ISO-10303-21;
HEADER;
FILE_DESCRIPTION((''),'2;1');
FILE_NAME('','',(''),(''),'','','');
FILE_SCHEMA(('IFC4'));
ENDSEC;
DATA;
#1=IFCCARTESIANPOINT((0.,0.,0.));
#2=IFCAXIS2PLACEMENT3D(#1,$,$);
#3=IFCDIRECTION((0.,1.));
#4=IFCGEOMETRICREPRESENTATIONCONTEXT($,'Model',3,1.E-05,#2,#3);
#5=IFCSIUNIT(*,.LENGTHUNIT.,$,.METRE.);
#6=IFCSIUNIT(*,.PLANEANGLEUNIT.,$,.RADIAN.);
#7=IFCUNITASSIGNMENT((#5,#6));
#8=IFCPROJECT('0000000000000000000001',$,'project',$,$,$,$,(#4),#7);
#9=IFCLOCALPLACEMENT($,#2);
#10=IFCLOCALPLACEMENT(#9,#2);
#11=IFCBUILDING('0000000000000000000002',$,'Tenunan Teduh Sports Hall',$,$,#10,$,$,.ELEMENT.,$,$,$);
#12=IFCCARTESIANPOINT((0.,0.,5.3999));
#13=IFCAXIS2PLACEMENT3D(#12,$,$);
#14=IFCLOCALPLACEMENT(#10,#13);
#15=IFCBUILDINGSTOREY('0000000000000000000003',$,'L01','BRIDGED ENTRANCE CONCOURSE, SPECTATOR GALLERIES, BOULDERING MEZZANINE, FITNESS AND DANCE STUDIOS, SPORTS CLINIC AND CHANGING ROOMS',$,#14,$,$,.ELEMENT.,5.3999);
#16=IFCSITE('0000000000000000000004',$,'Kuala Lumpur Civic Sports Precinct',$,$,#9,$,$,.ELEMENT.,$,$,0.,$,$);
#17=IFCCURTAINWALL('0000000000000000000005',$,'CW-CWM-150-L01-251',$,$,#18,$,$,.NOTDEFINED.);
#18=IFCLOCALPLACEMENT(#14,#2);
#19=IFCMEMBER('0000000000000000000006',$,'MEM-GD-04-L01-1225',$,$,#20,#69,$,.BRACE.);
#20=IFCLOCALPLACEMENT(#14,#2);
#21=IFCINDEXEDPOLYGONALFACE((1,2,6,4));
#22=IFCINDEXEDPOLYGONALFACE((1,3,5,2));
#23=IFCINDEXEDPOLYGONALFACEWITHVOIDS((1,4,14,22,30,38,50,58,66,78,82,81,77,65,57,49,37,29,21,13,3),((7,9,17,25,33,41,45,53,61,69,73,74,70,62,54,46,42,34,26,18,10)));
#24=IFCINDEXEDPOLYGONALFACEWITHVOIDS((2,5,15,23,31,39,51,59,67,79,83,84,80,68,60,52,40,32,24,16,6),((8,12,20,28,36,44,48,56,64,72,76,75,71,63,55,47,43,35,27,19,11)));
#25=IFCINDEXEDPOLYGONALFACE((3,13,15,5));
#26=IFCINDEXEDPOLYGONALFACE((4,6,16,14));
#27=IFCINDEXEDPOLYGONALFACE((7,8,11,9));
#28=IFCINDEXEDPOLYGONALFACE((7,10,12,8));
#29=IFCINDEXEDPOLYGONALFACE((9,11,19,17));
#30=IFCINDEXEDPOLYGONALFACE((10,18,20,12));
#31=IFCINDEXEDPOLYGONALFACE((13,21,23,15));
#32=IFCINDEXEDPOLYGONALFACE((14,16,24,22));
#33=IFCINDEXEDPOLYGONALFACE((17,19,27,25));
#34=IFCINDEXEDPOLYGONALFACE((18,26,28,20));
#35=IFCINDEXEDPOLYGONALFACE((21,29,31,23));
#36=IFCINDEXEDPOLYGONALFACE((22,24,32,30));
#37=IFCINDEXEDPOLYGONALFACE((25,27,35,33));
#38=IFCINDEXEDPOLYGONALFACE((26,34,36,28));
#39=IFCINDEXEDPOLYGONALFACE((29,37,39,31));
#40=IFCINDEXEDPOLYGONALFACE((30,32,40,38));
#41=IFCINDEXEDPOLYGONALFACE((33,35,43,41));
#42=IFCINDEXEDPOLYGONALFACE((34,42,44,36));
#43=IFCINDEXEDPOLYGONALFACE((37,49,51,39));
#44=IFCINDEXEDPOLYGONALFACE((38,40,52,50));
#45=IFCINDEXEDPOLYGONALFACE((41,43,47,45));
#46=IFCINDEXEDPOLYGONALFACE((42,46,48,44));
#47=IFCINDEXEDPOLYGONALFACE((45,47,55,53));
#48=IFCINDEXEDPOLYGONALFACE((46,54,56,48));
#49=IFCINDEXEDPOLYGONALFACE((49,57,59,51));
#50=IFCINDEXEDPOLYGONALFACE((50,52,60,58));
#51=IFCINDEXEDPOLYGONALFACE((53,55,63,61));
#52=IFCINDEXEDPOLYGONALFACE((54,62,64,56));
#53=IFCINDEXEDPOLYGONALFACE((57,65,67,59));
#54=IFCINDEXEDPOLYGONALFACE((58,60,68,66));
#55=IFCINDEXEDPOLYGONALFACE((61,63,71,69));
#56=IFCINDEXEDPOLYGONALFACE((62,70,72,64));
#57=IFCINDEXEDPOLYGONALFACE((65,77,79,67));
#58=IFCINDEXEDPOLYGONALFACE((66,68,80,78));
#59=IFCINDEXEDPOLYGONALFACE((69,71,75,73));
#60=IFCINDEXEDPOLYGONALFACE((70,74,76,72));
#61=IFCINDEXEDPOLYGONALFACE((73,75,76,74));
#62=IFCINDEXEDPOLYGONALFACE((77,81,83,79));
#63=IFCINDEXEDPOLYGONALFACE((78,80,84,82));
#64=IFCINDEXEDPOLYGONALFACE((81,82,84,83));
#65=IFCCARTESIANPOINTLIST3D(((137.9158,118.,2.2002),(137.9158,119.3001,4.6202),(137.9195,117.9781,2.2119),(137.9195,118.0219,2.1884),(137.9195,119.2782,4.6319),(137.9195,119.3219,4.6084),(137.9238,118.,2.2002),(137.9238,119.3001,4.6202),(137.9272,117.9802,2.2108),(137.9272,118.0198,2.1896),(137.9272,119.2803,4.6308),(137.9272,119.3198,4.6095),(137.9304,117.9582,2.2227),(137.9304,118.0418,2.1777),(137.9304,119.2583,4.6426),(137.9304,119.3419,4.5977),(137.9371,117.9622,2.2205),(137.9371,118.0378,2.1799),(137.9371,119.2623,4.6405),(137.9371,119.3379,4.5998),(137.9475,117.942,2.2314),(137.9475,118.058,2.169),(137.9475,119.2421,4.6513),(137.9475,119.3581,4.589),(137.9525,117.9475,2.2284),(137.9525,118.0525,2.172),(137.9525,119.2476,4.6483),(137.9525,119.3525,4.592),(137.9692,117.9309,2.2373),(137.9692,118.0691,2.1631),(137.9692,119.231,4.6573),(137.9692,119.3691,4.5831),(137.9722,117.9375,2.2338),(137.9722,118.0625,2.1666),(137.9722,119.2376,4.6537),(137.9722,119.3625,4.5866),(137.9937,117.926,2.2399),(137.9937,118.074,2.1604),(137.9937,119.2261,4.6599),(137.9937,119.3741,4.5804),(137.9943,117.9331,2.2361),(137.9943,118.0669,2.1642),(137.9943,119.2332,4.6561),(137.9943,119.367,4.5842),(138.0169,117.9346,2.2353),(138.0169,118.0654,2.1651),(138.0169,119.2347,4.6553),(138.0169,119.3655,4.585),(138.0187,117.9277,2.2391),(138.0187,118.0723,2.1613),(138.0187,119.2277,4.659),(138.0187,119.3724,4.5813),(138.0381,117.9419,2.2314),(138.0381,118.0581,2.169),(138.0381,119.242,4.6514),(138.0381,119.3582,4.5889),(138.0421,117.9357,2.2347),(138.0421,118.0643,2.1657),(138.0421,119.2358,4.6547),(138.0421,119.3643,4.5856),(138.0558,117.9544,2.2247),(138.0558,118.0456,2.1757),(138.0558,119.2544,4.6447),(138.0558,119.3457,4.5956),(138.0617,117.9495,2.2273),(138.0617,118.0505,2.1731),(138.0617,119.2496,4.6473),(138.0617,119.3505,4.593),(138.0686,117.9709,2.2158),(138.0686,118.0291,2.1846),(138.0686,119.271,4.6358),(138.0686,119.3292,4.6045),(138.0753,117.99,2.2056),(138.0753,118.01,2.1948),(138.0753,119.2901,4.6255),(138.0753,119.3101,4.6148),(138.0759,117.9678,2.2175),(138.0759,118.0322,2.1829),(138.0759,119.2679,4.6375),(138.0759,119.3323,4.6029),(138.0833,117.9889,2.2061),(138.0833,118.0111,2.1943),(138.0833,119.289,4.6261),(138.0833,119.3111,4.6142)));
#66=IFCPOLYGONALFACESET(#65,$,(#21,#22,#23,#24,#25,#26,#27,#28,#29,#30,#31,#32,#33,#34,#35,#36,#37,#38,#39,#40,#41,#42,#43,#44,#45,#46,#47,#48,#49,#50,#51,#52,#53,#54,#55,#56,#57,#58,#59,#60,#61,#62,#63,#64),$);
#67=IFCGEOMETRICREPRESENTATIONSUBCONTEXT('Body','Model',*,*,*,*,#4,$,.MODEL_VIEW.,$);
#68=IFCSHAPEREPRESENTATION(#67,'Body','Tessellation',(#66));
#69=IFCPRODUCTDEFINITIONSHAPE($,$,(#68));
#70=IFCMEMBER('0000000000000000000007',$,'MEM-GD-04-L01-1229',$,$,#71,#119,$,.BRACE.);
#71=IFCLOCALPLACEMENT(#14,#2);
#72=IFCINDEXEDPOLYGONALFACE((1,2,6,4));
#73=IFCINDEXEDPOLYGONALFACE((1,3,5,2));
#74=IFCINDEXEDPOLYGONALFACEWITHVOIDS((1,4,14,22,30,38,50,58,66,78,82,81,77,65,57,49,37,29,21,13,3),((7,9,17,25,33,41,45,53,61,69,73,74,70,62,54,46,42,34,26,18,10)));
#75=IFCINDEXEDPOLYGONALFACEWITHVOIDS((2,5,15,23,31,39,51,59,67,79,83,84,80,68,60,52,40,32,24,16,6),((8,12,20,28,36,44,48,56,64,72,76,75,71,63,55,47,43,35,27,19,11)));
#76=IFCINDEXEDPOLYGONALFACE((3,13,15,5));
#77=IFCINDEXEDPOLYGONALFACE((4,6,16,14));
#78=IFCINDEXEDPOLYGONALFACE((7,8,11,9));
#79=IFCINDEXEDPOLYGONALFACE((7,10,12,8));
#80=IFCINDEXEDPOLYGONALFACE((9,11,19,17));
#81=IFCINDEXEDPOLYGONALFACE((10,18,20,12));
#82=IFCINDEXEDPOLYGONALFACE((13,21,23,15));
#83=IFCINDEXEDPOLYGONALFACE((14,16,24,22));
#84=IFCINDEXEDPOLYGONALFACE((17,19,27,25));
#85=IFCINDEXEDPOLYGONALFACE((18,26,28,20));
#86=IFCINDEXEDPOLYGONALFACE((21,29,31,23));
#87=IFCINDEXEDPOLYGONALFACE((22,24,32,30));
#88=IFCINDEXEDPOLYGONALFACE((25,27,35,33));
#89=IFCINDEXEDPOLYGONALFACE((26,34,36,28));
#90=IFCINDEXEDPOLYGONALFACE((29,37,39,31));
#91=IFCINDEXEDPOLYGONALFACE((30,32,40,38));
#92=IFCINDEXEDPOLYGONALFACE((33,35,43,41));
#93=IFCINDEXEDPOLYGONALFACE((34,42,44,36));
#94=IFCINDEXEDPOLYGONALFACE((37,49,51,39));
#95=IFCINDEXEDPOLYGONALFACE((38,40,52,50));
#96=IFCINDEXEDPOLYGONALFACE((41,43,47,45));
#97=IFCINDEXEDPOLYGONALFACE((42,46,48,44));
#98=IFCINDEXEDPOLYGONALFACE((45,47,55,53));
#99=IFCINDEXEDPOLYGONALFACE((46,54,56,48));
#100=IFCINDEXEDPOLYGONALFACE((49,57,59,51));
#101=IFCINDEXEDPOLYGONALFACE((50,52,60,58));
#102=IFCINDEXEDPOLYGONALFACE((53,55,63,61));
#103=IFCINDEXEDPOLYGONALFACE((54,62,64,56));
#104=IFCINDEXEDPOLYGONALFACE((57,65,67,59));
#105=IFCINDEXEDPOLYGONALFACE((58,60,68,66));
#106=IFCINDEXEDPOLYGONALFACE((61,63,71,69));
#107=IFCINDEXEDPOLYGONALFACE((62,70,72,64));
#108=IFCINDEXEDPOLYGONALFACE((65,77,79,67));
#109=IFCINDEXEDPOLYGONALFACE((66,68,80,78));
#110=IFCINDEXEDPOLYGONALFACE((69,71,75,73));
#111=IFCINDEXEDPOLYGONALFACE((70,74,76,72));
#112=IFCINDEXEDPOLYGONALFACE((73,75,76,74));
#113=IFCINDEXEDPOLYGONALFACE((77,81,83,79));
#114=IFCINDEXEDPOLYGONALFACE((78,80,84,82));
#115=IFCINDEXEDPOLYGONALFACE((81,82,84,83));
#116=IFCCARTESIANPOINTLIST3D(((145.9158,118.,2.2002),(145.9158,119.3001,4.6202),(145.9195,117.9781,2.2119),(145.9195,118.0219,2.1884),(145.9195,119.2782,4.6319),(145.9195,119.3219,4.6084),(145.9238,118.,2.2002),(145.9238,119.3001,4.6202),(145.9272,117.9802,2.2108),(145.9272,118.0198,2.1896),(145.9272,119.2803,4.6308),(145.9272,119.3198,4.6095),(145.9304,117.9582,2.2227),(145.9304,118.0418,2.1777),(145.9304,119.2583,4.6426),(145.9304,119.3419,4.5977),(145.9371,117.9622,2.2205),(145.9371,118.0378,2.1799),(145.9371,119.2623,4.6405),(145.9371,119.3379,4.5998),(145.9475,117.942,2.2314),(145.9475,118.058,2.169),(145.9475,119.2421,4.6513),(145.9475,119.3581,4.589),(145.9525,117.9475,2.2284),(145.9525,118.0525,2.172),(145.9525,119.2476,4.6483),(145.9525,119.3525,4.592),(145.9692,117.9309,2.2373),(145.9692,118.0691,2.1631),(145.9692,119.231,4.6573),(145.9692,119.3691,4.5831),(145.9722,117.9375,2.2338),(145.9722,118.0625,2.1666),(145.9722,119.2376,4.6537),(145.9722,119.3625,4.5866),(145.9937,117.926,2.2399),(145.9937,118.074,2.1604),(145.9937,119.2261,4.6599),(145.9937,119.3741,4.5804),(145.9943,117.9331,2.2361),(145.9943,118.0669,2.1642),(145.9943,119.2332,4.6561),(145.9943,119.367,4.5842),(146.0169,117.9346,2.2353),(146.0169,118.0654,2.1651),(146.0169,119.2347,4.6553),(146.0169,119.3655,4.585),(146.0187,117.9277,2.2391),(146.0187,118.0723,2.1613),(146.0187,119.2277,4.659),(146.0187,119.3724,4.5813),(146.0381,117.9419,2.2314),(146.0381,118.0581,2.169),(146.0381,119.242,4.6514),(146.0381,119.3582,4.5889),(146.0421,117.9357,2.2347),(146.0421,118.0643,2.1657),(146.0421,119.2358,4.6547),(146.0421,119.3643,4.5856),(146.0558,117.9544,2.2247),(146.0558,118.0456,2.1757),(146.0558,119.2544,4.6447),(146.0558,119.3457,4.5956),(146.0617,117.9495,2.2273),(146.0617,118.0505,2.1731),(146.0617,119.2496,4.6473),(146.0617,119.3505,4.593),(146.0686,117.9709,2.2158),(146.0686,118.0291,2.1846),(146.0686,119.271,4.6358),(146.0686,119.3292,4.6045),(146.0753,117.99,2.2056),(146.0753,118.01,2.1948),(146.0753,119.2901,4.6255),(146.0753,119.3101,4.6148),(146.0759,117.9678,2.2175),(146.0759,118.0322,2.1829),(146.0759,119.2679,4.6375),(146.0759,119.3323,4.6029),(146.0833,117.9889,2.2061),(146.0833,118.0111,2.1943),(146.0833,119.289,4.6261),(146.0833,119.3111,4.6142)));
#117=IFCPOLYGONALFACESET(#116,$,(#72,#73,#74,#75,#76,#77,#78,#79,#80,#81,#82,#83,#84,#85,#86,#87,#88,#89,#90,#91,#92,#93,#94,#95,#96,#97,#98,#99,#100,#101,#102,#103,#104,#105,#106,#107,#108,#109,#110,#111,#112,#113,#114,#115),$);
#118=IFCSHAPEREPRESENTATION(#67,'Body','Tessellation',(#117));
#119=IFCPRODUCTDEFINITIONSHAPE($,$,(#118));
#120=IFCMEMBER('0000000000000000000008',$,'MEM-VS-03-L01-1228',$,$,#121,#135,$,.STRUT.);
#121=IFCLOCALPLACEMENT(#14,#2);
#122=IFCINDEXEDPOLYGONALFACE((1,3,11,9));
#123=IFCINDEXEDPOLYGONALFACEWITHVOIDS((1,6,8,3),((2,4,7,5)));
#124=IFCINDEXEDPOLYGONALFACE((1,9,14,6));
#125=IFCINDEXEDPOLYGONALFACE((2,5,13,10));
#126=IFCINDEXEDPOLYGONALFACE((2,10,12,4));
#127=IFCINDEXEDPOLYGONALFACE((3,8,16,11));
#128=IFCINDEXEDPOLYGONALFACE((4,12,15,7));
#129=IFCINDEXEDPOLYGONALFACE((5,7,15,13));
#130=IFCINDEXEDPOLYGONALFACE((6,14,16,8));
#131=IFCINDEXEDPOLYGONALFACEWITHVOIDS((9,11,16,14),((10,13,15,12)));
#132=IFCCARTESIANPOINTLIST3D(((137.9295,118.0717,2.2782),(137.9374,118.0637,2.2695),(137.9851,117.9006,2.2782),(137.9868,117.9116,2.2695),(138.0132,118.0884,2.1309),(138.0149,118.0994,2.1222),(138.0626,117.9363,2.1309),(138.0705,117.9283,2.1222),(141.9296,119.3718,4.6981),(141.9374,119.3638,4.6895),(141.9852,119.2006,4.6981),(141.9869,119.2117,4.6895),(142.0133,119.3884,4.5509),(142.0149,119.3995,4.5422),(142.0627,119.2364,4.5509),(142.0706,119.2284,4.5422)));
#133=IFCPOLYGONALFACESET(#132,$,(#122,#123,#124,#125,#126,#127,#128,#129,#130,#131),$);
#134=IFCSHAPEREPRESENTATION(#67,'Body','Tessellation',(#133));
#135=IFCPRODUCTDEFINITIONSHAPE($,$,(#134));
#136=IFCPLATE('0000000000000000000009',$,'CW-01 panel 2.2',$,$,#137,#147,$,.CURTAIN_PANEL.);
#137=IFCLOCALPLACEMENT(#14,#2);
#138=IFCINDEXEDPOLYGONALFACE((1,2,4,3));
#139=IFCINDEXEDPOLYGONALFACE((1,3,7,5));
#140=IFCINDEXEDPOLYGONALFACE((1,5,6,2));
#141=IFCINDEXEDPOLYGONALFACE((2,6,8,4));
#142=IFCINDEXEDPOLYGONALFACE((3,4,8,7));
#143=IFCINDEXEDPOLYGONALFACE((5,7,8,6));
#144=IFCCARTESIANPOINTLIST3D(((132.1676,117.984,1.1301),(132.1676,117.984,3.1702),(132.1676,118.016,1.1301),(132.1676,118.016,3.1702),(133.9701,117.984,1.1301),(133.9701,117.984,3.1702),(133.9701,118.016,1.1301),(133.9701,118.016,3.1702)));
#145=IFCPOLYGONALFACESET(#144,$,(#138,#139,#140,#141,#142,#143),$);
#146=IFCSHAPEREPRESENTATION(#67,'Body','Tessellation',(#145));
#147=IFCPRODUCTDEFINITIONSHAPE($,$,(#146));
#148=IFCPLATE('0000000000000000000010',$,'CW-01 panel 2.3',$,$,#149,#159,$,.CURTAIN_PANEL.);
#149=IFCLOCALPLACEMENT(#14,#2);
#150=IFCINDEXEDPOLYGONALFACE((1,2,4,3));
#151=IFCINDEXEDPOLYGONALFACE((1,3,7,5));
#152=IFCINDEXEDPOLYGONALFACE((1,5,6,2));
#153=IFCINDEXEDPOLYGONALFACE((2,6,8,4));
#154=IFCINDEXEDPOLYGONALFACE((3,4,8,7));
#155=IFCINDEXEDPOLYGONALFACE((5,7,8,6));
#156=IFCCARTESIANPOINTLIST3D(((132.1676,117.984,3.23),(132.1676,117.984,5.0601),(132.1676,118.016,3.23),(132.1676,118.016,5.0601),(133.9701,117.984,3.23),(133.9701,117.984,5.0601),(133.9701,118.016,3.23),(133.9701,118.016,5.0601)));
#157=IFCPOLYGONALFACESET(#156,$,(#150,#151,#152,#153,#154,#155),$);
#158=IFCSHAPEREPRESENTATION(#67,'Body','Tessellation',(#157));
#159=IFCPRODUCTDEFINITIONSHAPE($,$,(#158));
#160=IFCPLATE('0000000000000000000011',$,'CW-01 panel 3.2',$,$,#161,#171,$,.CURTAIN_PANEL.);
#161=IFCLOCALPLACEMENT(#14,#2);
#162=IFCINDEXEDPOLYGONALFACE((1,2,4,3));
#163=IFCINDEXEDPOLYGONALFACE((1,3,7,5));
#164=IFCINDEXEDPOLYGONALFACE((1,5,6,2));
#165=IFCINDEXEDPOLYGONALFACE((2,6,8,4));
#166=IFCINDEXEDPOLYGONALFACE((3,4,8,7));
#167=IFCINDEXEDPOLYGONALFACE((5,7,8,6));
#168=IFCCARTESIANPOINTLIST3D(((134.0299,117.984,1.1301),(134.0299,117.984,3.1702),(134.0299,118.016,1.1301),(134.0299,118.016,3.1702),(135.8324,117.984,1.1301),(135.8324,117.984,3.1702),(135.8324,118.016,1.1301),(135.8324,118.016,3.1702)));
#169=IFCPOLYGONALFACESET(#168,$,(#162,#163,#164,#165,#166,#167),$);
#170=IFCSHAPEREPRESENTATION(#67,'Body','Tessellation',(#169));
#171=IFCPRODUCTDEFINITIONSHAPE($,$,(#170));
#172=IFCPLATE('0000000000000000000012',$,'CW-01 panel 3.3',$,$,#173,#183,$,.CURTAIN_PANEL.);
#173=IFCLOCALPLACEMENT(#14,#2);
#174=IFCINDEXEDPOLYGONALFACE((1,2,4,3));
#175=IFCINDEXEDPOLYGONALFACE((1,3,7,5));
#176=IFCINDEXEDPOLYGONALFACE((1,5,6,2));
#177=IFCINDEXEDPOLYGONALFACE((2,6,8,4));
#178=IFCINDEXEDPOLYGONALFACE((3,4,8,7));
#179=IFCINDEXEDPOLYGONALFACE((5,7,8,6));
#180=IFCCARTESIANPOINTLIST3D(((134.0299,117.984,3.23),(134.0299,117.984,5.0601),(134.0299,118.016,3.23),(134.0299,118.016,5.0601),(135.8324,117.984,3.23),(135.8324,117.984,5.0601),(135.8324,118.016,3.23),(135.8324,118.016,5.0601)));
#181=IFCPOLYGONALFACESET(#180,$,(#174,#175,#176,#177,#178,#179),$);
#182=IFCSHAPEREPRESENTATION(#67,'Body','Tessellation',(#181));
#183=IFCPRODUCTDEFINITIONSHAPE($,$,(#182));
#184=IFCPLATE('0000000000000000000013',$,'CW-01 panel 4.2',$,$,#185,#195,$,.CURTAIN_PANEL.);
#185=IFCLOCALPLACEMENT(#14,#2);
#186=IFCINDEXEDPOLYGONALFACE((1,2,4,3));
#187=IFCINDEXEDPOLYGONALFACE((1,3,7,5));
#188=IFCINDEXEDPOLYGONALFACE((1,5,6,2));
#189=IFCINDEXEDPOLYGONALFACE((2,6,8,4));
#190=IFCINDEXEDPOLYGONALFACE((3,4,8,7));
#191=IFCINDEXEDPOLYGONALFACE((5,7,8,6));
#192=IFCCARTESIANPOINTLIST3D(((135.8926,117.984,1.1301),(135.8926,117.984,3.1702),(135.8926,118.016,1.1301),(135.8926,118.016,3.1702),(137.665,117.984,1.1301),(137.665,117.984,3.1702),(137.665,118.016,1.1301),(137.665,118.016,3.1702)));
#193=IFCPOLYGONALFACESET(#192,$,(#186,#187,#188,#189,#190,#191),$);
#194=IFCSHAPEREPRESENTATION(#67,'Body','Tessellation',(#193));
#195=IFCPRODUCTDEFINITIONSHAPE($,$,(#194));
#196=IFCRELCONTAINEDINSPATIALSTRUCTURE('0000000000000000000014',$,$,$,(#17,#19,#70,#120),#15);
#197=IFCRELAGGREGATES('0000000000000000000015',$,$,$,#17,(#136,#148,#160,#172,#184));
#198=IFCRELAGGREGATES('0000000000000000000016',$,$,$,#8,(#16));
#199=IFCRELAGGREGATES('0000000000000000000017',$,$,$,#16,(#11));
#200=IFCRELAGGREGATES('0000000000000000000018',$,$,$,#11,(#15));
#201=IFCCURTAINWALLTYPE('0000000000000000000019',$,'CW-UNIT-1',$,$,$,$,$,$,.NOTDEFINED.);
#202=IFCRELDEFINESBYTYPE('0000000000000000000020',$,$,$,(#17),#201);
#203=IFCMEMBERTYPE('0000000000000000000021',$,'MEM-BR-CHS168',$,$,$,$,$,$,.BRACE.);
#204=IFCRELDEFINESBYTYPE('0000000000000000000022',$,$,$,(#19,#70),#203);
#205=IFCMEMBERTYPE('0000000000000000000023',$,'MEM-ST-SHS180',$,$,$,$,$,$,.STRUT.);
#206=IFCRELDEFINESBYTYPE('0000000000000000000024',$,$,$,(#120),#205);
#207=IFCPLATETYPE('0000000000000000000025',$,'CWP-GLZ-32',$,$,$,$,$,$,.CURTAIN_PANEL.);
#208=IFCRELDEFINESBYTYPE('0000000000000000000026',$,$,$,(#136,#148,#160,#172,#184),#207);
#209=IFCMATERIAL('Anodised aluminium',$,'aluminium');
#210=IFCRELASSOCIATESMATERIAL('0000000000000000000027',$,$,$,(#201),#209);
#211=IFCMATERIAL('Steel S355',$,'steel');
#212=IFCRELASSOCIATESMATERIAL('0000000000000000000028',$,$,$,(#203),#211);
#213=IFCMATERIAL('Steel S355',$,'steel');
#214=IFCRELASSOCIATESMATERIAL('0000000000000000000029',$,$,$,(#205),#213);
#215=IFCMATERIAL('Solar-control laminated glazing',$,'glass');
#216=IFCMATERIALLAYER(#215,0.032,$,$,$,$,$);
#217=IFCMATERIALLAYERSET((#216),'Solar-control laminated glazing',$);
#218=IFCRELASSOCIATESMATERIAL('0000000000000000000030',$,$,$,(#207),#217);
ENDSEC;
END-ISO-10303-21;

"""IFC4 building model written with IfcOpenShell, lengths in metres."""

from ifc_helpers import new_model, si_unit, direction, frame, origin, origin_2d, place, context, subcontext, project, spatial, rectangle, hollow_rectangle, hollow_circle, extrude, material, layer, layer_set, material_profile, profile_set, type_object, element, aggregate, save


model = new_model("IFC4")

# Units and contexts
model_context = context("Model", 3, precision=1e-05, world=origin(), true_north=direction((0.0, 1.0)))
body_context = subcontext(model_context, "Body", "Model", "MODEL_VIEW")
ifc_project = project(units=[si_unit("LENGTHUNIT", "METRE"), si_unit("PLANEANGLEUNIT", "RADIAN")], contexts=[model_context])

# Site, building, storey
site_placement = place(None, origin())
site = spatial("IfcSite", under=ifc_project, at=site_placement, Name="Kuala Lumpur Civic Sports Precinct", CompositionType="ELEMENT", RefElevation=0.0)
building_placement = place(site_placement, origin())
building = spatial("IfcBuilding", under=site, at=building_placement, Name="Tenunan Teduh Sports Hall", CompositionType="ELEMENT")
storey_placement = place(building_placement, frame((0.0, 0.0, 5.3999)))
storey = spatial("IfcBuildingStorey", under=building, at=storey_placement, Name="L01", Description="BRIDGED ENTRANCE CONCOURSE, SPECTATOR GALLERIES, BOULDERING MEZZANINE, FITNESS AND DANCE STUDIOS, SPORTS CLINIC AND CHANGING ROOMS", CompositionType="ELEMENT", Elevation=5.3999)

# Curtain wall
ifc_material_1 = material(Name="Anodised aluminium", Category="aluminium")
curtain_wall_type = type_object("IfcCurtainWallType", Name="CW-UNIT-1", PredefinedType="NOTDEFINED", material=ifc_material_1)
curtain_wall_placement = place(storey_placement, origin())
curtain_wall = element("IfcCurtainWall", 1, at=curtain_wall_placement, inside=storey, type_object=curtain_wall_type, Name="CW-CWM-150-L01-251", PredefinedType="NOTDEFINED")

# Members
ifc_material_2 = material(Name="Steel S355", Category="steel")
ifc_material_profile_1 = material_profile(ifc_material_2, hollow_circle(Radius=0.0842, WallThickness=0.0081, at=origin_2d()), Name="CHS 168.3x8.0")
ifc_profile_set_1 = profile_set([ifc_material_profile_1], Name="Steel S355")
member_type_1 = type_object("IfcMemberType", Name="MEM-BR-CHS168", PredefinedType="BRACE", material=ifc_profile_set_1)
for number, where, z_axis, x_axis, name in (
    (2, (138.0, 118.0, 2.2002), (0.0, 0.473257, 0.880924), (-1.0, 0.0, 0.0), "MEM-GD-04-L01-1225"),
    (3, (146.0, 118.0, 2.2002), (0.0, 0.473257, 0.880924), (-1.0, 0.0, 0.0), "MEM-GD-04-L01-1229"),
):
    element("IfcMember", number, at=place(storey_placement, frame(where, z_axis=z_axis, x_axis=x_axis)), inside=storey, type_object=member_type_1, Name=name, PredefinedType="BRACE", context=body_context, shape_type="SweptSolid", body=[
        extrude(hollow_circle(Radius=0.0842, WallThickness=0.0081, at=origin_2d()), origin(), (0.0, 0.0, 1.0), 2.7471),
    ])
ifc_material_3 = material(Name="Steel S355", Category="steel")
ifc_material_profile_2 = material_profile(ifc_material_3, hollow_rectangle(XDim=0.1799, YDim=0.1799, WallThickness=0.01, at=origin_2d()), Name="SHS 180x180x10.0")
ifc_profile_set_2 = profile_set([ifc_material_profile_2], Name="Steel S355")
member_type_2 = type_object("IfcMemberType", Name="MEM-ST-SHS180", PredefinedType="STRUT", material=ifc_profile_set_2)
member_1_placement = place(storey_placement, frame((138.0, 118.0, 2.2002), z_axis=(0.824328, 0.267917, 0.498702), x_axis=(-0.309097, 0.951031, 0.0)))
element("IfcMember", 4, at=member_1_placement, inside=storey, type_object=member_type_2, Name="MEM-VS-03-L01-1228", PredefinedType="STRUT", context=body_context, shape_type="SweptSolid", body=[
    extrude(hollow_rectangle(XDim=0.1799, YDim=0.1799, WallThickness=0.01, at=origin_2d()), origin(), (0.0, 0.0, 1.0), 4.8525),
])

# Plates
ifc_material_4 = material(Name="Solar-control laminated glazing", Category="glass")
ifc_layer_1 = layer(ifc_material_4, 0.032)
ifc_layer_set_1 = layer_set([ifc_layer_1], Name="Solar-control laminated glazing")
plate_type_1 = type_object("IfcPlateType", Name="CWP-GLZ-32", PredefinedType="CURTAIN_PANEL", material=ifc_layer_set_1)
plate_1_placement = place(storey_placement, frame((133.0688, 118.0, 1.1301), z_axis=(0.0, 0.0, 1.0), x_axis=(1.0, 0.0, 0.0)))
plate_1 = element("IfcPlate", 5, at=plate_1_placement, type_object=plate_type_1, Name="CW-01 panel 2.2", PredefinedType="CURTAIN_PANEL", context=body_context, shape_type="SweptSolid", body=[
    extrude(rectangle(XDim=1.8025, YDim=0.032, at=origin_2d()), origin(), (0.0, 0.0, 1.0), 2.04),
])
plate_2_placement = place(storey_placement, frame((133.0688, 118.0, 3.23), z_axis=(0.0, 0.0, 1.0), x_axis=(1.0, 0.0, 0.0)))
plate_2 = element("IfcPlate", 6, at=plate_2_placement, type_object=plate_type_1, Name="CW-01 panel 2.3", PredefinedType="CURTAIN_PANEL", context=body_context, shape_type="SweptSolid", body=[
    extrude(rectangle(XDim=1.8025, YDim=0.032, at=origin_2d()), origin(), (0.0, 0.0, 1.0), 1.8301),
])
plate_3_placement = place(storey_placement, frame((134.9312, 118.0, 1.1301), z_axis=(0.0, 0.0, 1.0), x_axis=(1.0, 0.0, 0.0)))
plate_3 = element("IfcPlate", 7, at=plate_3_placement, type_object=plate_type_1, Name="CW-01 panel 3.2", PredefinedType="CURTAIN_PANEL", context=body_context, shape_type="SweptSolid", body=[
    extrude(rectangle(XDim=1.8025, YDim=0.032, at=origin_2d()), origin(), (0.0, 0.0, 1.0), 2.04),
])
plate_4_placement = place(storey_placement, frame((134.9312, 118.0, 3.23), z_axis=(0.0, 0.0, 1.0), x_axis=(1.0, 0.0, 0.0)))
plate_4 = element("IfcPlate", 8, at=plate_4_placement, type_object=plate_type_1, Name="CW-01 panel 3.3", PredefinedType="CURTAIN_PANEL", context=body_context, shape_type="SweptSolid", body=[
    extrude(rectangle(XDim=1.8025, YDim=0.032, at=origin_2d()), origin(), (0.0, 0.0, 1.0), 1.8301),
])
plate_5_placement = place(storey_placement, frame((136.7788, 118.0, 1.1301), z_axis=(0.0, 0.0, 1.0), x_axis=(1.0, 0.0, 0.0)))
plate_5 = element("IfcPlate", 9, at=plate_5_placement, type_object=plate_type_1, Name="CW-01 panel 4.2", PredefinedType="CURTAIN_PANEL", context=body_context, shape_type="SweptSolid", body=[
    extrude(rectangle(XDim=1.7725, YDim=0.032, at=origin_2d()), origin(), (0.0, 0.0, 1.0), 2.04),
])
aggregate(curtain_wall, [plate_1, plate_2, plate_3, plate_4, plate_5])

save(model, "model.ifc")
